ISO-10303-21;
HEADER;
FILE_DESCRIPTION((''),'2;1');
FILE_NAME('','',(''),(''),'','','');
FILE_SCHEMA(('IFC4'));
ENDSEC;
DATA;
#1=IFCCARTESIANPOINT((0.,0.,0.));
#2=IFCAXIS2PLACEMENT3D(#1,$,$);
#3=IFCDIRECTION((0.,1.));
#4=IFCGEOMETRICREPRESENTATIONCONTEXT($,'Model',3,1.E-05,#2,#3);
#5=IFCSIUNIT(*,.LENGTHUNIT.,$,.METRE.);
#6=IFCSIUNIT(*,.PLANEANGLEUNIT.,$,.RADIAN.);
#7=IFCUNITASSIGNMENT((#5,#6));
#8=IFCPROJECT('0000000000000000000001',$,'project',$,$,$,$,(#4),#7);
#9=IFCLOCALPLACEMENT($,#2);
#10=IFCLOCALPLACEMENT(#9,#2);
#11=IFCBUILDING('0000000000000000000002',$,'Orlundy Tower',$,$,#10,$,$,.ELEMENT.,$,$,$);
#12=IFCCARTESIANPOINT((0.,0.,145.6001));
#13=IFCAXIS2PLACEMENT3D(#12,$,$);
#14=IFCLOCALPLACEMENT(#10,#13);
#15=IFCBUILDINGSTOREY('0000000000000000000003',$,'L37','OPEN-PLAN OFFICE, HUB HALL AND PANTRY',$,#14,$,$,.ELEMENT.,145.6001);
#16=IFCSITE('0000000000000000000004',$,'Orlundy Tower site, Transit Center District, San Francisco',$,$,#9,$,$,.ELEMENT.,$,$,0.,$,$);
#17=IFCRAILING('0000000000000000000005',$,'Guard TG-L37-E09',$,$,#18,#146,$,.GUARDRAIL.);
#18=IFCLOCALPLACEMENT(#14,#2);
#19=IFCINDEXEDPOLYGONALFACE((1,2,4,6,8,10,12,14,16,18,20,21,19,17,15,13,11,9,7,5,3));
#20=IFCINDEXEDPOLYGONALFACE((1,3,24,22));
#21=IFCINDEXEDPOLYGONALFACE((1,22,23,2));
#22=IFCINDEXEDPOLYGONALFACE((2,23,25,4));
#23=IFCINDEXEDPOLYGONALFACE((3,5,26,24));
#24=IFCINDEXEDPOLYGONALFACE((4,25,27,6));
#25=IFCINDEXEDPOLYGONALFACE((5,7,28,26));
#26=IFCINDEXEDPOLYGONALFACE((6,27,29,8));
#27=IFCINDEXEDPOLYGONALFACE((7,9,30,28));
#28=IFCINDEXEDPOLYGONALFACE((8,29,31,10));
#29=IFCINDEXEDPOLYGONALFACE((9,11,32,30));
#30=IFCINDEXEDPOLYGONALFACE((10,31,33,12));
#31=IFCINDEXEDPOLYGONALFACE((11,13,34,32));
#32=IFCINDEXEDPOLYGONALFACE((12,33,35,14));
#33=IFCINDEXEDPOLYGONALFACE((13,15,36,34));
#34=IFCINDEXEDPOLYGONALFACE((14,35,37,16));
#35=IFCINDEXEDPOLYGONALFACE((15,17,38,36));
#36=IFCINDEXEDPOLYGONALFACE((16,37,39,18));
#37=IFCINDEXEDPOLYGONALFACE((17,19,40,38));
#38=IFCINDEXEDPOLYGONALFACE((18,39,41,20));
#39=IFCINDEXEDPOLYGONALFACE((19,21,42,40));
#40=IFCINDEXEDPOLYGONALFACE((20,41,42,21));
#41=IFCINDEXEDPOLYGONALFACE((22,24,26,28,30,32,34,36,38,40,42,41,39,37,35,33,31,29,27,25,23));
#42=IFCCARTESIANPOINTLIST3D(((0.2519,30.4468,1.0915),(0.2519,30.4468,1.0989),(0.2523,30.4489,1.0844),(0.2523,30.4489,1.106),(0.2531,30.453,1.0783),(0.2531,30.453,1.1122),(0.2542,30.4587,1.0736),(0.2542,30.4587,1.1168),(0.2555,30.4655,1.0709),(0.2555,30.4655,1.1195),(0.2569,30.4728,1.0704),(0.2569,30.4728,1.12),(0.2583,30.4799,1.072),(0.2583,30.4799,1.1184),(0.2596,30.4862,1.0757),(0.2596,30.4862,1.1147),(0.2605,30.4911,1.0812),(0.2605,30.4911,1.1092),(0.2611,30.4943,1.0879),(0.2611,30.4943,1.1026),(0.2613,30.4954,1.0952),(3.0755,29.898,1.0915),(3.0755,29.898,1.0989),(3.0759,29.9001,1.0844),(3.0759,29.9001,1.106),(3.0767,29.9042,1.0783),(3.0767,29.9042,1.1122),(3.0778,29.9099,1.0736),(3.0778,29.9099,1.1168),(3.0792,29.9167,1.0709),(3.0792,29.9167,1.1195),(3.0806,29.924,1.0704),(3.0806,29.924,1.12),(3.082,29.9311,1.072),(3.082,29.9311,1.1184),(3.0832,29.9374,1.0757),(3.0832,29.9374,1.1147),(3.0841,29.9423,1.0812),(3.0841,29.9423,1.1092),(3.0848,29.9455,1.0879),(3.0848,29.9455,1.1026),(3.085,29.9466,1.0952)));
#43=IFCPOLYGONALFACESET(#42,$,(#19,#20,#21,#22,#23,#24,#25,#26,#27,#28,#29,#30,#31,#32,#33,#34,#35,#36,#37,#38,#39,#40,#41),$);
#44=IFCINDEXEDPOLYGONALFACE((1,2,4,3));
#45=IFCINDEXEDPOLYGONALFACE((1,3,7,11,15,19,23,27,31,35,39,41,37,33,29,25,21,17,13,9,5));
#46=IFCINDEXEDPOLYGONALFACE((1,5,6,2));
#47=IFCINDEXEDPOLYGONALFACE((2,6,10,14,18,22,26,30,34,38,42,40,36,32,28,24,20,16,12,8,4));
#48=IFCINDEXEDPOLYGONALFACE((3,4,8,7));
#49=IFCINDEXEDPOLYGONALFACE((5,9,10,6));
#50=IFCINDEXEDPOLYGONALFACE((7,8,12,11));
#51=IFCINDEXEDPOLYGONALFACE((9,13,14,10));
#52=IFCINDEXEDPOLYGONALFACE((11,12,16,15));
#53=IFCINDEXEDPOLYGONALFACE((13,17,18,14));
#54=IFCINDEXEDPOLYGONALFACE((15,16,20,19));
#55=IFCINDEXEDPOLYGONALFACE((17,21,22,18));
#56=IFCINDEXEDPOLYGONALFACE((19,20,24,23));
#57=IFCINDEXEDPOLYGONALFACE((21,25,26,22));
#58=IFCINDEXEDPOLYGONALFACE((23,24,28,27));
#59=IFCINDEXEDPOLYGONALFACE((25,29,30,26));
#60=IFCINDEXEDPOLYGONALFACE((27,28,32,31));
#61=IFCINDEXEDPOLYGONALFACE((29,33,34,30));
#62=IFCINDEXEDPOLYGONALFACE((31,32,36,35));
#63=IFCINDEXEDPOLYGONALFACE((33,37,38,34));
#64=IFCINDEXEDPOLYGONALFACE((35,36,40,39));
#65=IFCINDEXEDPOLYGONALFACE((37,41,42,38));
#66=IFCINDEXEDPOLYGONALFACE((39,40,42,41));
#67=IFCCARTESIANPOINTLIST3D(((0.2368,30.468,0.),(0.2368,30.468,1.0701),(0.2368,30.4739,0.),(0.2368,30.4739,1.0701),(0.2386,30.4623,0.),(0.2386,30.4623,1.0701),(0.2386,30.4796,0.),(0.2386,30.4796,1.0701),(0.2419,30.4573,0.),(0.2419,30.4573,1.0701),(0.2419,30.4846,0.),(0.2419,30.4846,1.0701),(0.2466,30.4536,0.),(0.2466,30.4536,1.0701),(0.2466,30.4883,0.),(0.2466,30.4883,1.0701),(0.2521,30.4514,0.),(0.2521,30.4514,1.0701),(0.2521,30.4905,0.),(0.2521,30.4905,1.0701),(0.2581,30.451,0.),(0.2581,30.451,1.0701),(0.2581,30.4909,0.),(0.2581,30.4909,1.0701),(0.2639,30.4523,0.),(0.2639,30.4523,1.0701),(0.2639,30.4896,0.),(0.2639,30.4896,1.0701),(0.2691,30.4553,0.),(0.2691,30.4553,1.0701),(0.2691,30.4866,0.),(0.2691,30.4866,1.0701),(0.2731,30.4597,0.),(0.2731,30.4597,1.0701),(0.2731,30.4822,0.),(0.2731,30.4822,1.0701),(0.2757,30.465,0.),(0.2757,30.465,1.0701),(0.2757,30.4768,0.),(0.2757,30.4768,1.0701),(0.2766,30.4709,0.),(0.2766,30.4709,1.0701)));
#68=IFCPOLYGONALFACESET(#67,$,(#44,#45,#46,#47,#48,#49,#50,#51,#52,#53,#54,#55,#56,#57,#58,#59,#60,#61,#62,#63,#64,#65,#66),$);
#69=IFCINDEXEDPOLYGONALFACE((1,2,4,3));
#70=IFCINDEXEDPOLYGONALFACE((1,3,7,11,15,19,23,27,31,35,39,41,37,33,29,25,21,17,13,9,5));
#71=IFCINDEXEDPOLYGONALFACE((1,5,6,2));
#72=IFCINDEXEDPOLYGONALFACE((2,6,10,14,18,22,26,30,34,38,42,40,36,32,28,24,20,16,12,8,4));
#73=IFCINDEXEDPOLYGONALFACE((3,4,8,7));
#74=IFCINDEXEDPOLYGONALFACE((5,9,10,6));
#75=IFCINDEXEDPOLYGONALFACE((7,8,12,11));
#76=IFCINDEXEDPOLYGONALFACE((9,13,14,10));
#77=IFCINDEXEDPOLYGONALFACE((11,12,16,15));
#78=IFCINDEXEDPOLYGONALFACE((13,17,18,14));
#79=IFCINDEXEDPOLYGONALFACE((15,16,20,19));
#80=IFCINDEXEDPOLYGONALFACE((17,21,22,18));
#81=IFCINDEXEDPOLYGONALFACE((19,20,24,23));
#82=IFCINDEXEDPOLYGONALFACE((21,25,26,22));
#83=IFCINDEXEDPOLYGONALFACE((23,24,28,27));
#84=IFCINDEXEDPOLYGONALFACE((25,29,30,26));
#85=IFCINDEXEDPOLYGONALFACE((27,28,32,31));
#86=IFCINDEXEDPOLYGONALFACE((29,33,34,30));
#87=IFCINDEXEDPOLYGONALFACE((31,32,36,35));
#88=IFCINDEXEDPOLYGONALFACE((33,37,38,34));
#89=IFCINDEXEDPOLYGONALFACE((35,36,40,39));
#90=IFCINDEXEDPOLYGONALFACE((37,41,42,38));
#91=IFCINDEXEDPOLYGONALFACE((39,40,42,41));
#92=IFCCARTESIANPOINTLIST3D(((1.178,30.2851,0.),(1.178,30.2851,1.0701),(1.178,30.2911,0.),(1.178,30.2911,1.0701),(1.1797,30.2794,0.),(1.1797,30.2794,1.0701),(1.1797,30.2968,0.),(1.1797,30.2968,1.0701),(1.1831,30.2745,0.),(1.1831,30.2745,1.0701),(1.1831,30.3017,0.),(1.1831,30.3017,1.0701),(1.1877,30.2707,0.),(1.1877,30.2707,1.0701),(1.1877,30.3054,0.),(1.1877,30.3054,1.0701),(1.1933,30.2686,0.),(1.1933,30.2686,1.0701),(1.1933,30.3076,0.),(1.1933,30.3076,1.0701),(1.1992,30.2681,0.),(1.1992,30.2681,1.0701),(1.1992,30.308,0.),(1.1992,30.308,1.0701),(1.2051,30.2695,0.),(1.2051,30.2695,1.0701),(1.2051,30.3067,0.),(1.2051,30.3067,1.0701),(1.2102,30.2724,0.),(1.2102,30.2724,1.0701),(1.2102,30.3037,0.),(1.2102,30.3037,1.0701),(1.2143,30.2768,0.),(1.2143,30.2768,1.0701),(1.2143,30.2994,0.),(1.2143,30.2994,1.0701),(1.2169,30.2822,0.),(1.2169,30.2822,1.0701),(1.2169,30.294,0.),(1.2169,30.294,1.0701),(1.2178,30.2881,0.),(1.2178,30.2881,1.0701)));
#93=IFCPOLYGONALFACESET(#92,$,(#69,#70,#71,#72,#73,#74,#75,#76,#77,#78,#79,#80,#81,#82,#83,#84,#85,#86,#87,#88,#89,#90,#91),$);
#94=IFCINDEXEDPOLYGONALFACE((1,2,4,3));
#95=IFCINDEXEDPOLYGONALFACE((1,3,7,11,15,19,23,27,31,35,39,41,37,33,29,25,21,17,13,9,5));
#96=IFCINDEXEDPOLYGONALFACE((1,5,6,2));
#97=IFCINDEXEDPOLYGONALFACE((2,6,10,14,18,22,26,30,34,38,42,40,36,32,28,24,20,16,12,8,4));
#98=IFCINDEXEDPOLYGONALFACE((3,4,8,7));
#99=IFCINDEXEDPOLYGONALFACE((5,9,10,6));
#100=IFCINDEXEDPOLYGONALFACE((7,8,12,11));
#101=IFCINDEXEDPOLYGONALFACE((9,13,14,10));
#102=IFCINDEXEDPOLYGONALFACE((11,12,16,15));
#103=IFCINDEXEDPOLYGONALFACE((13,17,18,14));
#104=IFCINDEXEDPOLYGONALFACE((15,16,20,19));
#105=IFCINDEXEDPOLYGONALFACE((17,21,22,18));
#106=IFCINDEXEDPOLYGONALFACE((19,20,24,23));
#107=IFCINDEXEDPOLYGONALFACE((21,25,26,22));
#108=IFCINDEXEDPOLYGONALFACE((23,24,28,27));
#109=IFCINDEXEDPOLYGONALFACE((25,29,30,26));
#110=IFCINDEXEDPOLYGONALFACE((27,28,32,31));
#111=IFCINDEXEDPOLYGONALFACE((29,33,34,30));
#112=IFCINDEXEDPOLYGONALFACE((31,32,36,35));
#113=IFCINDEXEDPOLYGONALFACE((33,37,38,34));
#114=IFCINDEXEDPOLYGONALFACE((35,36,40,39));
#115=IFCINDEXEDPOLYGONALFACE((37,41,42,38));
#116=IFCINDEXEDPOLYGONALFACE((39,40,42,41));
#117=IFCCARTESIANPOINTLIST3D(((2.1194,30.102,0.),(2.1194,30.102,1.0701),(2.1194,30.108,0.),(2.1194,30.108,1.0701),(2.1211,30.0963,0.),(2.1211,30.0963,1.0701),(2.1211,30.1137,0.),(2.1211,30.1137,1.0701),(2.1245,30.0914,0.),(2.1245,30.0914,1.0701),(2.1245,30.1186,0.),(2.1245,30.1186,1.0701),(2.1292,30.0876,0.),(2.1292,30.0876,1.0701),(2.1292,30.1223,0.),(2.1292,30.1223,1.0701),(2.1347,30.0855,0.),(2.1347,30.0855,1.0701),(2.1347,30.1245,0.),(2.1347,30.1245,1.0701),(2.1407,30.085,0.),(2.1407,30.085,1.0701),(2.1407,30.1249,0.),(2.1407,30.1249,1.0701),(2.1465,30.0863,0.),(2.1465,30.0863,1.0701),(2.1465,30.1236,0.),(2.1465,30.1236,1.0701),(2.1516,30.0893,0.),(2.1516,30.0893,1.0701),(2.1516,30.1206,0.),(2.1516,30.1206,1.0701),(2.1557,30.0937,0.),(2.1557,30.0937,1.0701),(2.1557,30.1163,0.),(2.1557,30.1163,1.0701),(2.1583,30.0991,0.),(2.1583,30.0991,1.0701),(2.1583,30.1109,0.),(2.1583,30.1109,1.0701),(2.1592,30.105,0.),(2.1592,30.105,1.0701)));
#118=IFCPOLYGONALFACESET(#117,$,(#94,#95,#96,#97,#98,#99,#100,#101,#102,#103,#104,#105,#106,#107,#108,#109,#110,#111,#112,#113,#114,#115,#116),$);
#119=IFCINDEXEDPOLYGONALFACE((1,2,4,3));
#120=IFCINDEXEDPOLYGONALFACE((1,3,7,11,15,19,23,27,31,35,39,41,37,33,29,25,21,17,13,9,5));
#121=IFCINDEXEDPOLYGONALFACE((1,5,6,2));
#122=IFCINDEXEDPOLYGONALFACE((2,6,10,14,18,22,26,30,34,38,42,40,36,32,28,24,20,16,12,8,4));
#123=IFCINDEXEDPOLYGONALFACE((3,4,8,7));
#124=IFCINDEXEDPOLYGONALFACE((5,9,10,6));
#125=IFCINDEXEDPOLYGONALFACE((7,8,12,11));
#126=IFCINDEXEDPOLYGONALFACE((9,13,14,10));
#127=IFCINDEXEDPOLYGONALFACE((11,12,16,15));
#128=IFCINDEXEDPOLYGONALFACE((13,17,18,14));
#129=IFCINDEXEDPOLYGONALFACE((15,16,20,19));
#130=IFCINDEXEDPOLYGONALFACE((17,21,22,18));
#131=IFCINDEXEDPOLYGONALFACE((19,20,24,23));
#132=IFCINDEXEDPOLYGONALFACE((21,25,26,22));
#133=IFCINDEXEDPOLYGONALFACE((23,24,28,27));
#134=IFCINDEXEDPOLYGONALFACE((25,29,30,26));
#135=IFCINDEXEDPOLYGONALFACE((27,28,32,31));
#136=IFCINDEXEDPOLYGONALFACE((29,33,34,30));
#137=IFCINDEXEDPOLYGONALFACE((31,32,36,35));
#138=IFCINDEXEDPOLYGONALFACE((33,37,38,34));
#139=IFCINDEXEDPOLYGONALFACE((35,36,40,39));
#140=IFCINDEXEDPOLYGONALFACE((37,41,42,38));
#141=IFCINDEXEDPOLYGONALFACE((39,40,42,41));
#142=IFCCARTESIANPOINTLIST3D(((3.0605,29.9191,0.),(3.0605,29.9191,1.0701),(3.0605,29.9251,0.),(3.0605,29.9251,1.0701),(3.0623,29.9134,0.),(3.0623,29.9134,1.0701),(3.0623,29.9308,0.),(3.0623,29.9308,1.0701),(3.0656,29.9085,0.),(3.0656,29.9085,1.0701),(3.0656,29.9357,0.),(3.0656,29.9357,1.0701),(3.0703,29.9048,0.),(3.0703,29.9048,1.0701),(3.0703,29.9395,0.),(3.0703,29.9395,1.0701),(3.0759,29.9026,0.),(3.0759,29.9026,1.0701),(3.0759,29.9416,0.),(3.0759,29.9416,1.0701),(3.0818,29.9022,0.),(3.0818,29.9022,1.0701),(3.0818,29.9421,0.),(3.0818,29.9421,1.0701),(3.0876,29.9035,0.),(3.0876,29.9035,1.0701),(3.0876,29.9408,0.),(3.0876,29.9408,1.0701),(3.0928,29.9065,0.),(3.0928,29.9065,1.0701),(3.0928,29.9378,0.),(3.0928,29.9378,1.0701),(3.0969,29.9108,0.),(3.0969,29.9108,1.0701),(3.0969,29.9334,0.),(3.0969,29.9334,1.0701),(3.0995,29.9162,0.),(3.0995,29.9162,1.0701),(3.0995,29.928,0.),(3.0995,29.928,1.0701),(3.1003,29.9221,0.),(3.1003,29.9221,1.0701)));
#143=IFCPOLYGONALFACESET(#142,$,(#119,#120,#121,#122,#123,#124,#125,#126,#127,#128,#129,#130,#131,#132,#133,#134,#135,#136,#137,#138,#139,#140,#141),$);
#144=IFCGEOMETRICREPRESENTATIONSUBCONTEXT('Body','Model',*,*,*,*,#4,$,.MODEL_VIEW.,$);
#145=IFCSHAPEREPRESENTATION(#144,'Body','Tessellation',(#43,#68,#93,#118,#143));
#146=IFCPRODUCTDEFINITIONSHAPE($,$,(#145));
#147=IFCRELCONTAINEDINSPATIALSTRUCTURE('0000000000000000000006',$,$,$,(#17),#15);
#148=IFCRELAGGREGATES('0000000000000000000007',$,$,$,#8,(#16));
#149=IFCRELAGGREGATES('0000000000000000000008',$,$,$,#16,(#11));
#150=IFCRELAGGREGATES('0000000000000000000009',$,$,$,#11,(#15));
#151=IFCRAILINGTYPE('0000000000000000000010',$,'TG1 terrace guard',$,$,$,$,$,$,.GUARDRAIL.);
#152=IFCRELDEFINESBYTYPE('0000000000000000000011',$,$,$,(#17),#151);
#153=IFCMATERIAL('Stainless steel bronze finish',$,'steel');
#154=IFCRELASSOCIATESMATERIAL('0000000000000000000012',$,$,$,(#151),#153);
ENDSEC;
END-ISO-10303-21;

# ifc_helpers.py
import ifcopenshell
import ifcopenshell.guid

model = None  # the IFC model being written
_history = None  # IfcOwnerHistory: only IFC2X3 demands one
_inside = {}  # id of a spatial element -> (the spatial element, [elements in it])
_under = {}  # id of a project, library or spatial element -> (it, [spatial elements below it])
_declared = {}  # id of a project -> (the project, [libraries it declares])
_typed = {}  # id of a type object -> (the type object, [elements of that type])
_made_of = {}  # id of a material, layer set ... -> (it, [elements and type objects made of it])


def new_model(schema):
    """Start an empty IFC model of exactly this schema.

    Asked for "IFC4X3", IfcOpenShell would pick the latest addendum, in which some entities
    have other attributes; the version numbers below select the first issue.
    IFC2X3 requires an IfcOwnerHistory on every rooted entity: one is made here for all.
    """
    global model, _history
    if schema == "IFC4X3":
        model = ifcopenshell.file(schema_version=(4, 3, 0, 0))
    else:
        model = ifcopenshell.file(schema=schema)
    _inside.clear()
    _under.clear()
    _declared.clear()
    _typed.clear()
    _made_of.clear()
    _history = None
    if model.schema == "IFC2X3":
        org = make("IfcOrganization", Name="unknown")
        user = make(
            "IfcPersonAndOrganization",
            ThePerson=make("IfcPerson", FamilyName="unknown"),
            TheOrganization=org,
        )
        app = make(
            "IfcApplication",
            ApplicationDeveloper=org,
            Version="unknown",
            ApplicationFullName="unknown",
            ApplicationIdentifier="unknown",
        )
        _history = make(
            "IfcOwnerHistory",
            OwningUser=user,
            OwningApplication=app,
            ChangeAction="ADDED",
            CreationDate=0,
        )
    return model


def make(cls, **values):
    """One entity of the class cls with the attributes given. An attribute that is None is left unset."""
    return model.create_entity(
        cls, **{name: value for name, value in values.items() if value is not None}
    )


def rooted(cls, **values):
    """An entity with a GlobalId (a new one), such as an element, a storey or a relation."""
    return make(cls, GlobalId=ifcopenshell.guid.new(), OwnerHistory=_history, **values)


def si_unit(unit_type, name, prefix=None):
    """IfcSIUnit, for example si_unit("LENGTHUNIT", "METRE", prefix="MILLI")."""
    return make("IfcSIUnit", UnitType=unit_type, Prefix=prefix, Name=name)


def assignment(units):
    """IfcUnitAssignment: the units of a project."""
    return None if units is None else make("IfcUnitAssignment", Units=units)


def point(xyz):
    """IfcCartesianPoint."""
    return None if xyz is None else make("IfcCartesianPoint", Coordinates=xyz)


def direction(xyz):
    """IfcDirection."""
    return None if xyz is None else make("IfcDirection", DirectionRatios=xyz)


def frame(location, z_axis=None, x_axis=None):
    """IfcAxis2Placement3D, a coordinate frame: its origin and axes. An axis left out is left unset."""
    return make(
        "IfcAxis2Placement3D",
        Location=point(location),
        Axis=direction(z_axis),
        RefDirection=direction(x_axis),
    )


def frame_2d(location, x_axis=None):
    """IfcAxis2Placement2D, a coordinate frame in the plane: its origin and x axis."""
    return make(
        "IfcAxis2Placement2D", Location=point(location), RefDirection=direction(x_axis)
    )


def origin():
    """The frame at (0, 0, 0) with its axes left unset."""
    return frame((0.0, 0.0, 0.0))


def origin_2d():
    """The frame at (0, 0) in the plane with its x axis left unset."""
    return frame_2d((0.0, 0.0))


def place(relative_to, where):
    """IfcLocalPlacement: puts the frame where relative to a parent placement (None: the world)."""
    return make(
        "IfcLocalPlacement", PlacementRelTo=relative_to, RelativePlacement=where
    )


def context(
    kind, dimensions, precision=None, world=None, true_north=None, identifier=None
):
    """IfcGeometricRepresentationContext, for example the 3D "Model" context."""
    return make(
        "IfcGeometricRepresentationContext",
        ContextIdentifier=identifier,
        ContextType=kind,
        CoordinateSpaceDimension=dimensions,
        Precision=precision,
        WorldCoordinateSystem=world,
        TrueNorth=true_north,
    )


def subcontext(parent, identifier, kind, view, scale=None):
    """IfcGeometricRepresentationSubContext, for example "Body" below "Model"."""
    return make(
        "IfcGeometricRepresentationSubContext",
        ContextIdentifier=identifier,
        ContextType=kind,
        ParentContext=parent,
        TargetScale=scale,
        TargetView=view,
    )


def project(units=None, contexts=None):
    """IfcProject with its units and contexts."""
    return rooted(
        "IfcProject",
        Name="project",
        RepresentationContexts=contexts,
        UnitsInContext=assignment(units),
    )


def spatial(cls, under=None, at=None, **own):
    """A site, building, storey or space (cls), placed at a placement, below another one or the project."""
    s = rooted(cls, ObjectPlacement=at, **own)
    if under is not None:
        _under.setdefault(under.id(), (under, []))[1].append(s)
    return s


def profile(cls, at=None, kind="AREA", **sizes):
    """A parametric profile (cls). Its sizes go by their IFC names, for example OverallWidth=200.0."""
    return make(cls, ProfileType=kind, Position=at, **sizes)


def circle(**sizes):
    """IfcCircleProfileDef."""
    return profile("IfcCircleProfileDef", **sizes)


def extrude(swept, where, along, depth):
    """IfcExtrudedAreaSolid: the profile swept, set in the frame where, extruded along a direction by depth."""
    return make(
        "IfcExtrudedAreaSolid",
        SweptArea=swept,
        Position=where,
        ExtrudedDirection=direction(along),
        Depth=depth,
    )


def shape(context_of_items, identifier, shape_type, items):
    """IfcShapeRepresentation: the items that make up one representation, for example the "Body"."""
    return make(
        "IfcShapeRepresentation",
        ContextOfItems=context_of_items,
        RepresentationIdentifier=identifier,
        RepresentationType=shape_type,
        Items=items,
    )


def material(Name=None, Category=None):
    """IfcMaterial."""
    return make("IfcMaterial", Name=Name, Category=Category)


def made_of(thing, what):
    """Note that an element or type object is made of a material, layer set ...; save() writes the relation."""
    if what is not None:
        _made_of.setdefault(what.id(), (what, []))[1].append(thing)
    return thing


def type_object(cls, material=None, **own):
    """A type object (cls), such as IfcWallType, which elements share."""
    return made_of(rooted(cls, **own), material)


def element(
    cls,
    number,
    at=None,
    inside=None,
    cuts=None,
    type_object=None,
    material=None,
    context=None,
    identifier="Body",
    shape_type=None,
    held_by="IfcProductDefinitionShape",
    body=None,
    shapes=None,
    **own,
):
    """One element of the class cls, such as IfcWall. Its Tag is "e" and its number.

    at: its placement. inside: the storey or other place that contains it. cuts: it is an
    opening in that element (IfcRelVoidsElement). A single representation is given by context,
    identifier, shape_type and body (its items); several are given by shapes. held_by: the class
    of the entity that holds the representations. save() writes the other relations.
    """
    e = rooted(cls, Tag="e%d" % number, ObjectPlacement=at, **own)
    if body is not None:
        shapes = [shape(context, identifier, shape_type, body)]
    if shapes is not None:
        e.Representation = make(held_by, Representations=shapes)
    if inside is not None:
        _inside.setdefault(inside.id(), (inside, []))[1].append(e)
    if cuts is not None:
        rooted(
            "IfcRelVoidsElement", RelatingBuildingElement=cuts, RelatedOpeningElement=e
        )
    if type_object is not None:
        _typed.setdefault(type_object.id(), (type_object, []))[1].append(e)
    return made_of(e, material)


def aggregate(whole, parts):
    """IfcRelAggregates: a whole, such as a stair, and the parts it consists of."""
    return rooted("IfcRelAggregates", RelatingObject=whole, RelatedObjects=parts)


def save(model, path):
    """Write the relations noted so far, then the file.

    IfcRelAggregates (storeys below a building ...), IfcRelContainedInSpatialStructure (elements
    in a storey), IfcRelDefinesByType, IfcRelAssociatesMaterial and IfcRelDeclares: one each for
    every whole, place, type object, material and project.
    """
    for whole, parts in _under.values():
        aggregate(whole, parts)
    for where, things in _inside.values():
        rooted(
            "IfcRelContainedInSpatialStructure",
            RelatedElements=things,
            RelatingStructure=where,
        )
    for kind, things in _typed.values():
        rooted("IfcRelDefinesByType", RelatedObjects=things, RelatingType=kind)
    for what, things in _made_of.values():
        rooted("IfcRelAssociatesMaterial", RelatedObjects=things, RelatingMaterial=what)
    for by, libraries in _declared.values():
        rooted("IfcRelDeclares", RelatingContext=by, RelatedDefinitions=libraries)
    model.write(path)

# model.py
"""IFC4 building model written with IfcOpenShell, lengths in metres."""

from ifc_helpers import new_model, si_unit, direction, frame, origin, origin_2d, place, context, subcontext, project, spatial, circle, extrude, material, type_object, element, save


model = new_model("IFC4")

# Units and contexts
model_context = context("Model", 3, precision=1e-05, world=origin(), true_north=direction((0.0, 1.0)))
body_context = subcontext(model_context, "Body", "Model", "MODEL_VIEW")
ifc_project = project(units=[si_unit("LENGTHUNIT", "METRE"), si_unit("PLANEANGLEUNIT", "RADIAN")], contexts=[model_context])

# Site, building, storey
site_placement = place(None, origin())
site = spatial("IfcSite", under=ifc_project, at=site_placement, Name="Orlundy Tower site, Transit Center District, San Francisco", CompositionType="ELEMENT", RefElevation=0.0)
building_placement = place(site_placement, origin())
building = spatial("IfcBuilding", under=site, at=building_placement, Name="Orlundy Tower", CompositionType="ELEMENT")
storey_placement = place(building_placement, frame((0.0, 0.0, 145.6001)))
storey = spatial("IfcBuildingStorey", under=building, at=storey_placement, Name="L37", Description="OPEN-PLAN OFFICE, HUB HALL AND PANTRY", CompositionType="ELEMENT", Elevation=145.6001)

# Railing
ifc_material_1 = material(Name="Stainless steel bronze finish", Category="steel")
railing_type_1 = type_object("IfcRailingType", Name="TG1 terrace guard", PredefinedType="GUARDRAIL", material=ifc_material_1)
railing_1_placement = place(storey_placement, frame((0.2566, 30.4709, 0.0)))
element("IfcRailing", 1, at=railing_1_placement, inside=storey, type_object=railing_type_1, Name="Guard TG-L37-E09", PredefinedType="GUARDRAIL", context=body_context, shape_type="SweptSolid", body=[
    extrude(circle(Radius=0.0249, at=origin_2d()), frame((0.0, 0.0, 1.0952), z_axis=(0.98163, -0.190792, 0.0), x_axis=(0.190792, 0.98163, 0.0)), (0.0, 0.0, 1.0), 2.8765),
    extrude(circle(Radius=0.02, at=origin_2d()), origin(), (0.0, 0.0, 1.0), 1.0701),
    extrude(circle(Radius=0.02, at=origin_2d()), frame((0.9412, -0.1829, 0.0)), (0.0, 0.0, 1.0), 1.0701),
    extrude(circle(Radius=0.02, at=origin_2d()), frame((1.8826, -0.366, 0.0)), (0.0, 0.0, 1.0), 1.0701),
    extrude(circle(Radius=0.02, at=origin_2d()), frame((2.8237, -0.5488, 0.0)), (0.0, 0.0, 1.0), 1.0701),
])

save(model, "model.ifc")
